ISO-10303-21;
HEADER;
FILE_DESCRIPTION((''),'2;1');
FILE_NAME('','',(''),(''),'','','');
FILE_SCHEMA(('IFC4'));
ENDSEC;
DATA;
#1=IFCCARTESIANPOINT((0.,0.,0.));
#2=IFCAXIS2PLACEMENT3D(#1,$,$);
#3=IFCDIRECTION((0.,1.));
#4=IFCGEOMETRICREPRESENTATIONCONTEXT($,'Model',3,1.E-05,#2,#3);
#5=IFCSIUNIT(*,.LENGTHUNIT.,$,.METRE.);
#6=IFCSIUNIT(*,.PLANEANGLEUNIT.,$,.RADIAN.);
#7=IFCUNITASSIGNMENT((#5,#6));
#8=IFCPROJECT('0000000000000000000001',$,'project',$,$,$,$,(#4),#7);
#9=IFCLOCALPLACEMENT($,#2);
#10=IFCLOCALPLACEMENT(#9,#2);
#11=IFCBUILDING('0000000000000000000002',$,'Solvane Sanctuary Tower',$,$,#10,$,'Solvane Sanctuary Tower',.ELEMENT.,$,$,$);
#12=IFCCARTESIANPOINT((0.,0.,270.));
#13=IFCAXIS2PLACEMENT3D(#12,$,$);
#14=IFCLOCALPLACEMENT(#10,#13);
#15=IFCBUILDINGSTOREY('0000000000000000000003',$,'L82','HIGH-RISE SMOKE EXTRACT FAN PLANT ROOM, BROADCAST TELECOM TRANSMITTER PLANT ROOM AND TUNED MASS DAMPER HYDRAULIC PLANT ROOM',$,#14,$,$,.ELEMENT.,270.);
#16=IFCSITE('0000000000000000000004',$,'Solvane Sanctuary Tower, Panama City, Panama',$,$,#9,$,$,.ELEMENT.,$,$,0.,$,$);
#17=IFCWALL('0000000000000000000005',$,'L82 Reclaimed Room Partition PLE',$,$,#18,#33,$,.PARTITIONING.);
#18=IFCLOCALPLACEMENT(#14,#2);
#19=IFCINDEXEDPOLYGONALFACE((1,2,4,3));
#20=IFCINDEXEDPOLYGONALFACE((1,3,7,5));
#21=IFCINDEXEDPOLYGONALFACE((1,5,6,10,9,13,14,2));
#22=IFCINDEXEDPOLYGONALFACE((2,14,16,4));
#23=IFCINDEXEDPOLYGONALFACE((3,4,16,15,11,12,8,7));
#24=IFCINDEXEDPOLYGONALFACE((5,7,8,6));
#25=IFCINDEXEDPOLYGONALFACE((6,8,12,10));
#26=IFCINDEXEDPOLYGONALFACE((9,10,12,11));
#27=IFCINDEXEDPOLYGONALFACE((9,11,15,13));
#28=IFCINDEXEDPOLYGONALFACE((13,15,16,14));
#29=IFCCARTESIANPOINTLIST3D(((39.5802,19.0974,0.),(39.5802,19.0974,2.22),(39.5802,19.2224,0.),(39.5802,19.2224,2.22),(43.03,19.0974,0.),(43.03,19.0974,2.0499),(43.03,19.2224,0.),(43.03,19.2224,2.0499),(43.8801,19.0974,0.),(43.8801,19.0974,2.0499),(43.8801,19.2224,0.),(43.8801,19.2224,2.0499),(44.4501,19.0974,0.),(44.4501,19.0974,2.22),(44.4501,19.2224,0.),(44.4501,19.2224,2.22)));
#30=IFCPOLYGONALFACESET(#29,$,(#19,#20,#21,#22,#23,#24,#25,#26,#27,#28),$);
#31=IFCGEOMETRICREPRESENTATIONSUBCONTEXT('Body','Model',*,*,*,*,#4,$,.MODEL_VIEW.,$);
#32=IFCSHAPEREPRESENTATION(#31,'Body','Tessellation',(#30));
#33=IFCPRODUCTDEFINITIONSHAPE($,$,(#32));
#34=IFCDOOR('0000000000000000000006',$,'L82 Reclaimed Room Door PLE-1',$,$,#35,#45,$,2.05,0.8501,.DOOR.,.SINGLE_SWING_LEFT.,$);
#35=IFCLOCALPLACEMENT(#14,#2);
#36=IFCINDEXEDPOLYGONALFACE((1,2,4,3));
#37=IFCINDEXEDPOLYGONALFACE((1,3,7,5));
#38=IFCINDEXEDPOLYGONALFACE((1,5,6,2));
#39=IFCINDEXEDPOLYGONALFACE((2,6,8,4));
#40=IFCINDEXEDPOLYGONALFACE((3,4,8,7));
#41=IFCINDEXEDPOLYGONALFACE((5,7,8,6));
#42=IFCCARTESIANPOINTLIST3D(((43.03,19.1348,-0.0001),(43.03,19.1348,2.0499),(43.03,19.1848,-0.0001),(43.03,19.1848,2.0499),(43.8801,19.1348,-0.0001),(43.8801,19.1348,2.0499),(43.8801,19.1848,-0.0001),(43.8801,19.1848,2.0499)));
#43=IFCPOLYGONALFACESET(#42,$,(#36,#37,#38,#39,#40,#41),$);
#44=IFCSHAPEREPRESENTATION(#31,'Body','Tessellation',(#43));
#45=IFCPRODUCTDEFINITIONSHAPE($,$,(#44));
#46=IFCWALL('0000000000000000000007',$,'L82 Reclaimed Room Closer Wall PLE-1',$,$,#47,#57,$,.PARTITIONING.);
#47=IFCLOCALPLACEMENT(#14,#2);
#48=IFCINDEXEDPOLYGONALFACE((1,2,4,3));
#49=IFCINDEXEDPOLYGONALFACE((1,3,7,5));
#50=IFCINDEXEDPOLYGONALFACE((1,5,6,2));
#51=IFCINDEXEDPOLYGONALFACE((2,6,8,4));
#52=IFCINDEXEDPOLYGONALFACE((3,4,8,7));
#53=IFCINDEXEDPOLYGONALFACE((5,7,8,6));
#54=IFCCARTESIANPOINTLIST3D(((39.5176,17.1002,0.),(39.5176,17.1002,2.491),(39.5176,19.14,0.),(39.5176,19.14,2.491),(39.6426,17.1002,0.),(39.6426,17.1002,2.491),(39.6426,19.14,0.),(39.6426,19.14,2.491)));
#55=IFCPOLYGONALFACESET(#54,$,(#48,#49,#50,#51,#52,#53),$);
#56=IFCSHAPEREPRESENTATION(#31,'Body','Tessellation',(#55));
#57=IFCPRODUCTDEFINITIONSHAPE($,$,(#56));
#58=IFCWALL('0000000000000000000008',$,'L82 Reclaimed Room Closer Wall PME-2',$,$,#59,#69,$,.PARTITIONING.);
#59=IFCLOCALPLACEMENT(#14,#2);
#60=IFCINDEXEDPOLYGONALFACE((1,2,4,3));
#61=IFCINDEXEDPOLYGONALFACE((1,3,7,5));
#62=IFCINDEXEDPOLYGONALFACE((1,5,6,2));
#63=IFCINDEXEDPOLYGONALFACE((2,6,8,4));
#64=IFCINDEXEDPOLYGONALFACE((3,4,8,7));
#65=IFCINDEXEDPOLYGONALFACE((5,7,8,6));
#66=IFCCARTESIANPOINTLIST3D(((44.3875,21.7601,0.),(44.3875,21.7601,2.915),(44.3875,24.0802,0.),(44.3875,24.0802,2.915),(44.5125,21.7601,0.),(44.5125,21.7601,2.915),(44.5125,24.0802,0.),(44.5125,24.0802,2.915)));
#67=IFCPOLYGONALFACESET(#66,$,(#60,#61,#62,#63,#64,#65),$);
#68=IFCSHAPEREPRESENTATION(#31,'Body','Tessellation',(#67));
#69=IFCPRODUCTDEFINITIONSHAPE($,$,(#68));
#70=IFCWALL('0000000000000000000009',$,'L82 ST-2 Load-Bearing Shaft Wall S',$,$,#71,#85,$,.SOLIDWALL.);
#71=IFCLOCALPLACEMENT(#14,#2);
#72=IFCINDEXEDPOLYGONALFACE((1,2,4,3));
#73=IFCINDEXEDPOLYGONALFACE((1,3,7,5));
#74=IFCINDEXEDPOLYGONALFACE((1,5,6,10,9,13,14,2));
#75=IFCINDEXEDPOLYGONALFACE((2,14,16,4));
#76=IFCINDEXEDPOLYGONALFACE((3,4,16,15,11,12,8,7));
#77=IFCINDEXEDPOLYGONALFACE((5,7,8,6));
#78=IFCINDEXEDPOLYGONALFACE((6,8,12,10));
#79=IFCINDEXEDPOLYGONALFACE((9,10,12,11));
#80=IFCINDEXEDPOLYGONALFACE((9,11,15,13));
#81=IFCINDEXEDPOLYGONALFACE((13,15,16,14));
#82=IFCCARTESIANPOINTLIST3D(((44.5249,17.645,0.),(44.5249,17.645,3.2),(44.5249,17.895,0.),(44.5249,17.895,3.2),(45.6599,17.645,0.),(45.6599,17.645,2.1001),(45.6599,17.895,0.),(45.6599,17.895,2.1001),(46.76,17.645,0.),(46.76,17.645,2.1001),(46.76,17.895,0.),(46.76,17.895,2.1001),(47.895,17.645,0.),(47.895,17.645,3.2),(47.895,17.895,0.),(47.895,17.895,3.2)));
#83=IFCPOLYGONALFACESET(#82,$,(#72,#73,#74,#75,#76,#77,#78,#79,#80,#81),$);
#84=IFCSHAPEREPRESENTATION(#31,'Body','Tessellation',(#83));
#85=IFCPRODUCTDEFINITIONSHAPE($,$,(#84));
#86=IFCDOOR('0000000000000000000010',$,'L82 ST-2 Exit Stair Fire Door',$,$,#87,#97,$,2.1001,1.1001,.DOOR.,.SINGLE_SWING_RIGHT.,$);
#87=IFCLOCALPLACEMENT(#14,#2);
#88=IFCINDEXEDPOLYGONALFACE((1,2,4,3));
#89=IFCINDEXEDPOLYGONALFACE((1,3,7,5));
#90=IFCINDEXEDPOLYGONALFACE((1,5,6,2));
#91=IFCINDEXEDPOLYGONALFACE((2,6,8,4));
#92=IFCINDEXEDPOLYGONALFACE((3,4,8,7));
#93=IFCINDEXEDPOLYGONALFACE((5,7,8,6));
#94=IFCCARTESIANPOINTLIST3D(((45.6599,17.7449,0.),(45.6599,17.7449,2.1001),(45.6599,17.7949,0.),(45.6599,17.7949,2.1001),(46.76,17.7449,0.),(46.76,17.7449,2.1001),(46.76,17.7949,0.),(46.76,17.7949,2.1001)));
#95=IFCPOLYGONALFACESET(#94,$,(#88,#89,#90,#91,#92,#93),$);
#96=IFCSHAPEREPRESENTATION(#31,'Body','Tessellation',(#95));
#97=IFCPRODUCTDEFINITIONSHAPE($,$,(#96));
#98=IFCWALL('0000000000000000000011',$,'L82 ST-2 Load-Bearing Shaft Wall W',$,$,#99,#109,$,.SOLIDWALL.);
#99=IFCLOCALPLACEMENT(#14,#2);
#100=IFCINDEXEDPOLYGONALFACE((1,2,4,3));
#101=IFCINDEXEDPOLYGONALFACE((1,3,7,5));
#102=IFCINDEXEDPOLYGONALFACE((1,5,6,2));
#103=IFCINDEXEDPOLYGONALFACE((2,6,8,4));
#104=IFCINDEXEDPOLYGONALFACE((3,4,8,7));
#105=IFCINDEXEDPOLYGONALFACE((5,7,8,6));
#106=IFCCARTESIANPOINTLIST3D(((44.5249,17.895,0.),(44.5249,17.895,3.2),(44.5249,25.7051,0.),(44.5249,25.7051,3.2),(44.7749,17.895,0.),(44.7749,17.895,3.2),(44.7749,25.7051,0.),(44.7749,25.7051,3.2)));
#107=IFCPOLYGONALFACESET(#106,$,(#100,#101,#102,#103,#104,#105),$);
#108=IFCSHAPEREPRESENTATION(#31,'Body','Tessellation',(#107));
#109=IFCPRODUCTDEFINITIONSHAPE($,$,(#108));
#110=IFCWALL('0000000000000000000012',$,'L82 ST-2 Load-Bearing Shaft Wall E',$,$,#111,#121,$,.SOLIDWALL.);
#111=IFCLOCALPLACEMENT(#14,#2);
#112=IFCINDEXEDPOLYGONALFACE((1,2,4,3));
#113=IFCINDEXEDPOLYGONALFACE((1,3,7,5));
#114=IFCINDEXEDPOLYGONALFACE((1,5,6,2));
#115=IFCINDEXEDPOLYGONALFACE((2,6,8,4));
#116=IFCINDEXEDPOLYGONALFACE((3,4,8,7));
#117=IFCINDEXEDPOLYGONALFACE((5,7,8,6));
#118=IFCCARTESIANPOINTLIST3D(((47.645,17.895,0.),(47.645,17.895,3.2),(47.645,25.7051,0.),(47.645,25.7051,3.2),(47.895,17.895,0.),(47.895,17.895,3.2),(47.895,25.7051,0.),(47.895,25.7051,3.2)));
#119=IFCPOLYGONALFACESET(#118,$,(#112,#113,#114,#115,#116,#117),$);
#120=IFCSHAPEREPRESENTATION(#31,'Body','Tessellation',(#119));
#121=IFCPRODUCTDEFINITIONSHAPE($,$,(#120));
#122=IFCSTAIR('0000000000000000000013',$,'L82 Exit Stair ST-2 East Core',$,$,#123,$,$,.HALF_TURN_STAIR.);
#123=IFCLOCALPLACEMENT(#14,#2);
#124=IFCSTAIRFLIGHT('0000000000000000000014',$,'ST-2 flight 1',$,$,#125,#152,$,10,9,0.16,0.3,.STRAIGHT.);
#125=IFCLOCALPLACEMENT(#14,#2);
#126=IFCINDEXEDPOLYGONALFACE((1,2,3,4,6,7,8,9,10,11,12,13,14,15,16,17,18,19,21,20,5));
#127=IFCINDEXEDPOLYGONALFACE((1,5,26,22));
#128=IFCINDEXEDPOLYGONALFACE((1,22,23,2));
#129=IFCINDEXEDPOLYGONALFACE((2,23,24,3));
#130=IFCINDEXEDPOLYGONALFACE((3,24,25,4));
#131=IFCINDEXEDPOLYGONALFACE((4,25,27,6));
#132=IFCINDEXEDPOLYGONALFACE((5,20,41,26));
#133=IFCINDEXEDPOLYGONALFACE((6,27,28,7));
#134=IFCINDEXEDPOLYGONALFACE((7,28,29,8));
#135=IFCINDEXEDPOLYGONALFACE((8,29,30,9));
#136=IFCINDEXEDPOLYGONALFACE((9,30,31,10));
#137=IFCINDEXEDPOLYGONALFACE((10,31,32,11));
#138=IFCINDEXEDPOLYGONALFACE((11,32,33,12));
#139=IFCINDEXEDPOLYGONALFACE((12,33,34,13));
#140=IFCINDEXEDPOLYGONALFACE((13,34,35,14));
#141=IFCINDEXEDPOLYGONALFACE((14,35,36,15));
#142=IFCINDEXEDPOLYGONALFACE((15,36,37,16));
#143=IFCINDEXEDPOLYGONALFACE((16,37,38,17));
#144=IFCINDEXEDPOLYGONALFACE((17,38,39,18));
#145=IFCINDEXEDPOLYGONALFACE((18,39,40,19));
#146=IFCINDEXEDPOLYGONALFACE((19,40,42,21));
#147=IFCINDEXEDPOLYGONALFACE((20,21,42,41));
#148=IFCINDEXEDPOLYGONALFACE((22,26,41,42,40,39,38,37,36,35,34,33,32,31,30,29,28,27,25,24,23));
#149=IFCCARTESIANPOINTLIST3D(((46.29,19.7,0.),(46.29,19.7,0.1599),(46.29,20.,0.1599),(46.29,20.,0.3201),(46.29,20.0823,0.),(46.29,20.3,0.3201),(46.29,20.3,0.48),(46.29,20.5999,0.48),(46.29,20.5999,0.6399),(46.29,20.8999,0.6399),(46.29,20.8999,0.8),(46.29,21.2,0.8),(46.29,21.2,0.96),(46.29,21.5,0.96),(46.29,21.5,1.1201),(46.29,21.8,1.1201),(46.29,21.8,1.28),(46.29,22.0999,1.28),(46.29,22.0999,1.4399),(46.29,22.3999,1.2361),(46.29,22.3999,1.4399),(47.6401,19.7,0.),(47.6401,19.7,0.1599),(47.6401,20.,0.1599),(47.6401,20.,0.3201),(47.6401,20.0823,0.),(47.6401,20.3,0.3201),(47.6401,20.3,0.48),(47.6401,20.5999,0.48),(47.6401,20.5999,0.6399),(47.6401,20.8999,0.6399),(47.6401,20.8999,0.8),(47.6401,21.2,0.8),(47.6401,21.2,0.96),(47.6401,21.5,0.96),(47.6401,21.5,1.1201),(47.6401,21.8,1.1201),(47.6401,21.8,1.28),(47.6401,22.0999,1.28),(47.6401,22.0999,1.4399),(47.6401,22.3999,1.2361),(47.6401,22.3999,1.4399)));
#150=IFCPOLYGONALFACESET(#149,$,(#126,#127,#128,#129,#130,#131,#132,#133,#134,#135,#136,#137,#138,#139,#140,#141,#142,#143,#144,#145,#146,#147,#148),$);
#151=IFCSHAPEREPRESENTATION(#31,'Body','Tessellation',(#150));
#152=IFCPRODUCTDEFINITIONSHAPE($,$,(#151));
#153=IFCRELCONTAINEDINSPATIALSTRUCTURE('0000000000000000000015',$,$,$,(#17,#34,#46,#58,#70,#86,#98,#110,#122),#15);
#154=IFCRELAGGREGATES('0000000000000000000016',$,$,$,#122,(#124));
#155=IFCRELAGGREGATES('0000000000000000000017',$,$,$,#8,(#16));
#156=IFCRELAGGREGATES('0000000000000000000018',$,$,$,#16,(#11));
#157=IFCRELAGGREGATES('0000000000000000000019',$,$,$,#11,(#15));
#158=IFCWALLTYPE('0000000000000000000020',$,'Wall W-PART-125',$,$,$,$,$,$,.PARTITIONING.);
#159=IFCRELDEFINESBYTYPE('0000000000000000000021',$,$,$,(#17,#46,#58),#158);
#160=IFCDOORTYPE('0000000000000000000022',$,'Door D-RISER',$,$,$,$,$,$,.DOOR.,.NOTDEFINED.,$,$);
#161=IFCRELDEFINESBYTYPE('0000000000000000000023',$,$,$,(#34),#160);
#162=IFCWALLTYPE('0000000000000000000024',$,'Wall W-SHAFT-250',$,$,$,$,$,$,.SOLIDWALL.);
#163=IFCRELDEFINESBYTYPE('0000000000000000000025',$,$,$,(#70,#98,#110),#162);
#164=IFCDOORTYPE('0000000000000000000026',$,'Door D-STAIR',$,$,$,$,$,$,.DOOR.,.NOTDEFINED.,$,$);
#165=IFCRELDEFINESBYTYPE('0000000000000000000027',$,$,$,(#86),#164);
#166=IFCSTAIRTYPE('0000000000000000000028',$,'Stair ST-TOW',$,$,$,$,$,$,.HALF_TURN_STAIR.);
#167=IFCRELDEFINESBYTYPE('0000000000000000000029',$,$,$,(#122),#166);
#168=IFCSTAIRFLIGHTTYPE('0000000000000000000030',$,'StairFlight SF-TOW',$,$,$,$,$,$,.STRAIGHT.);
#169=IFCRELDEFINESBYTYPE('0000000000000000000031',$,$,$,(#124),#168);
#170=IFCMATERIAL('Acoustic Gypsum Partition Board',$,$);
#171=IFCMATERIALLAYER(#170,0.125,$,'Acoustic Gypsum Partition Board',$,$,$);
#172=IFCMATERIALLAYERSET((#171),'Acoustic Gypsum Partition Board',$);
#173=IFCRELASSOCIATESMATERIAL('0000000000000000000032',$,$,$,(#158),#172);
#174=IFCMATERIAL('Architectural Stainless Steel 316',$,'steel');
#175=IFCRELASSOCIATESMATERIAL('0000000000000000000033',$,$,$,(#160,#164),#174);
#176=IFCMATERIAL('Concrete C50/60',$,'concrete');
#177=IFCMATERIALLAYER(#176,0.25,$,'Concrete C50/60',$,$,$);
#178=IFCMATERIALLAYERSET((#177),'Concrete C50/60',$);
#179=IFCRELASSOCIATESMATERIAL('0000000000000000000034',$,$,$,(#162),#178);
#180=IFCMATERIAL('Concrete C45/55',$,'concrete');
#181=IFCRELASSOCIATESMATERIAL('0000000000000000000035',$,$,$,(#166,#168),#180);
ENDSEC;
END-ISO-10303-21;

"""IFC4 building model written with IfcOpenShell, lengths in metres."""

from ifc_helpers import new_model, si_unit, direction, frame, frame_2d, origin, place, context, subcontext, project, spatial, polyline, rectangle, outline, extrude, material, layer, layer_set, type_object, element, fill, aggregate, save


model = new_model("IFC4")

# Units and contexts
model_context = context("Model", 3, precision=1e-05, world=origin(), true_north=direction((0.0, 1.0)))
body_context = subcontext(model_context, "Body", "Model", "MODEL_VIEW")
ifc_project = project(units=[si_unit("LENGTHUNIT", "METRE"), si_unit("PLANEANGLEUNIT", "RADIAN")], contexts=[model_context])

# Site, building, storey
site_placement = place(None, origin())
site = spatial("IfcSite", under=ifc_project, at=site_placement, Name="Solvane Sanctuary Tower, Panama City, Panama", CompositionType="ELEMENT", RefElevation=0.0)
building_placement = place(site_placement, origin())
building = spatial("IfcBuilding", under=site, at=building_placement, Name="Solvane Sanctuary Tower", LongName="Solvane Sanctuary Tower", CompositionType="ELEMENT")
storey_placement = place(building_placement, frame((0.0, 0.0, 270.0)))
storey = spatial("IfcBuildingStorey", under=building, at=storey_placement, Name="L82", Description="HIGH-RISE SMOKE EXTRACT FAN PLANT ROOM, BROADCAST TELECOM TRANSMITTER PLANT ROOM AND TUNED MASS DAMPER HYDRAULIC PLANT ROOM", CompositionType="ELEMENT", Elevation=270.0)

# Shared definitions
ifc_material_1 = material(Name="Concrete C50/60", Category="concrete")

# Wall, opening, door
ifc_material_2 = material(Name="Acoustic Gypsum Partition Board")
ifc_layer_1 = layer(ifc_material_2, 0.125, Name="Acoustic Gypsum Partition Board")
ifc_layer_set_1 = layer_set([ifc_layer_1], Name="Acoustic Gypsum Partition Board")
wall_type_1 = type_object("IfcWallType", Name="Wall W-PART-125", PredefinedType="PARTITIONING", material=ifc_layer_set_1)
wall_1_placement = place(storey_placement, frame((39.5801, 19.1599, 0.0), z_axis=(0.0, 0.0, 1.0), x_axis=(1.0, 0.0, 0.0)))
wall_1 = element("IfcWall", 1, at=wall_1_placement, inside=storey, type_object=wall_type_1, Name="L82 Reclaimed Room Partition PLE", PredefinedType="PARTITIONING", context=body_context, shape_type="SweptSolid", body=[
    extrude(rectangle(XDim=4.8699, YDim=0.125, at=frame_2d((2.4351, 0.0))), origin(), (0.0, 0.0, 1.0), 2.22),
])
opening_1_placement = place(wall_1_placement, frame((3.45, 0.0, 0.0)))
opening_1 = element("IfcOpeningElement", 2, at=opening_1_placement, cuts=wall_1, PredefinedType="OPENING", context=body_context, shape_type="SweptSolid", body=[
    extrude(rectangle(XDim=0.8501, YDim=2.05, at=frame_2d((0.425, 1.0249))), frame((0.0, 0.0725, 0.0), z_axis=(0.0, -1.0, 0.0), x_axis=(1.0, 0.0, 0.0)), (0.0, 0.0, 1.0), 0.145),
])
ifc_material_3 = material(Name="Architectural Stainless Steel 316", Category="steel")
door_type_1 = type_object("IfcDoorType", Name="Door D-RISER", OperationType="NOTDEFINED", PredefinedType="DOOR", material=ifc_material_3)
door_1_placement = place(opening_1_placement, origin())
door_1 = element("IfcDoor", 3, at=door_1_placement, inside=storey, type_object=door_type_1, Name="L82 Reclaimed Room Door PLE-1", OperationType="SINGLE_SWING_LEFT", OverallHeight=2.05, OverallWidth=0.8501, PredefinedType="DOOR", context=body_context, shape_type="SweptSolid", body=[
    extrude(rectangle(XDim=0.8501, YDim=2.05, at=frame_2d((0.425, 1.0249))), frame((0.0, 0.0249, 0.0), z_axis=(0.0, -1.0, 0.0), x_axis=(1.0, 0.0, 0.0)), (0.0, 0.0, 1.0), 0.05),
])
fill(opening_1, door_1)

# Walls
wall_2_placement = place(storey_placement, frame((39.5801, 17.1001, 0.0), z_axis=(0.0, 0.0, 1.0), x_axis=(0.0, 1.0, 0.0)))
element("IfcWall", 4, at=wall_2_placement, inside=storey, type_object=wall_type_1, Name="L82 Reclaimed Room Closer Wall PLE-1", PredefinedType="PARTITIONING", context=body_context, shape_type="SweptSolid", body=[
    extrude(rectangle(XDim=2.0398, YDim=0.125, at=frame_2d((1.02, 0.0))), origin(), (0.0, 0.0, 1.0), 2.491),
])
wall_3_placement = place(storey_placement, frame((44.45, 21.76, 0.0), z_axis=(0.0, 0.0, 1.0), x_axis=(0.0, 1.0, 0.0)))
element("IfcWall", 5, at=wall_3_placement, inside=storey, type_object=wall_type_1, Name="L82 Reclaimed Room Closer Wall PME-2", PredefinedType="PARTITIONING", context=body_context, shape_type="SweptSolid", body=[
    extrude(rectangle(XDim=2.3201, YDim=0.125, at=frame_2d((1.1602, 0.0))), origin(), (0.0, 0.0, 1.0), 2.915),
])

# Wall, opening, door
ifc_layer_2 = layer(ifc_material_1, 0.25, Name="Concrete C50/60")
ifc_layer_set_2 = layer_set([ifc_layer_2], Name="Concrete C50/60")
wall_type_2 = type_object("IfcWallType", Name="Wall W-SHAFT-250", PredefinedType="SOLIDWALL", material=ifc_layer_set_2)
wall_4_placement = place(storey_placement, frame((44.5249, 17.77, 0.0), z_axis=(0.0, 0.0, 1.0), x_axis=(1.0, 0.0, 0.0)))
wall_4 = element("IfcWall", 6, at=wall_4_placement, inside=storey, type_object=wall_type_2, Name="L82 ST-2 Load-Bearing Shaft Wall S", PredefinedType="SOLIDWALL", context=body_context, shape_type="SweptSolid", body=[
    extrude(rectangle(XDim=3.3701, YDim=0.25, at=frame_2d((1.6851, 0.0))), origin(), (0.0, 0.0, 1.0), 3.2),
])
opening_2_placement = place(wall_4_placement, frame((1.135, 0.0, 0.0)))
opening_2 = element("IfcOpeningElement", 7, at=opening_2_placement, cuts=wall_4, PredefinedType="OPENING", context=body_context, shape_type="SweptSolid", body=[
    extrude(rectangle(XDim=1.1001, YDim=2.1001, at=frame_2d((0.55, 1.05))), frame((0.0, 0.135, 0.0), z_axis=(0.0, -1.0, 0.0), x_axis=(1.0, 0.0, 0.0)), (0.0, 0.0, 1.0), 0.27),
])
door_type_2 = type_object("IfcDoorType", Name="Door D-STAIR", OperationType="NOTDEFINED", PredefinedType="DOOR", material=ifc_material_3)
door_2_placement = place(opening_2_placement, origin())
door_2 = element("IfcDoor", 8, at=door_2_placement, inside=storey, type_object=door_type_2, Name="L82 ST-2 Exit Stair Fire Door", OperationType="SINGLE_SWING_RIGHT", OverallHeight=2.1001, OverallWidth=1.1001, PredefinedType="DOOR", context=body_context, shape_type="SweptSolid", body=[
    extrude(rectangle(XDim=1.1001, YDim=2.1001, at=frame_2d((0.55, 1.05))), frame((0.0, 0.0249, 0.0), z_axis=(0.0, -1.0, 0.0), x_axis=(1.0, 0.0, 0.0)), (0.0, 0.0, 1.0), 0.05),
])
fill(opening_2, door_2)

# Walls
for number, where, z_axis, x_axis, name in (
    (9, (44.6499, 17.895, 0.0), (0.0, 0.0, 1.0), (0.0, 1.0, 0.0), "L82 ST-2 Load-Bearing Shaft Wall W"),
    (10, (47.77, 17.895, 0.0), (0.0, 0.0, 1.0), (0.0, 1.0, 0.0), "L82 ST-2 Load-Bearing Shaft Wall E"),
):
    element("IfcWall", number, at=place(storey_placement, frame(where, z_axis=z_axis, x_axis=x_axis)), inside=storey, type_object=wall_type_2, Name=name, PredefinedType="SOLIDWALL", context=body_context, shape_type="SweptSolid", body=[
        extrude(rectangle(XDim=7.8101, YDim=0.25, at=frame_2d((3.905, 0.0))), origin(), (0.0, 0.0, 1.0), 3.2),
    ])

# Stair, stair flight
ifc_material_4 = material(Name="Concrete C45/55", Category="concrete")
stair_type = type_object("IfcStairType", Name="Stair ST-TOW", PredefinedType="HALF_TURN_STAIR", material=ifc_material_4)
stair_placement = place(storey_placement, origin())
stair = element("IfcStair", 11, at=stair_placement, inside=storey, type_object=stair_type, Name="L82 Exit Stair ST-2 East Core", PredefinedType="HALF_TURN_STAIR")
stair_flight_type = type_object("IfcStairFlightType", Name="StairFlight SF-TOW", PredefinedType="STRAIGHT", material=ifc_material_4)
stair_flight_placement = place(storey_placement, frame((46.9651, 19.7, 0.0), z_axis=(0.0, 0.0, 1.0), x_axis=(0.0, 1.0, 0.0)))
stair_flight = element("IfcStairFlight", 12, at=stair_flight_placement, type_object=stair_flight_type, Name="ST-2 flight 1", NumberOfRisers=10, NumberOfTreads=9, PredefinedType="STRAIGHT", RiserHeight=0.16, TreadLength=0.3, context=body_context, shape_type="SweptSolid", body=[
    extrude(outline(polyline([(0.0, 0.0), (0.0, 0.1599), (0.3, 0.1599), (0.3, 0.3201), (0.6001, 0.3201), (0.6001, 0.48), (0.8999, 0.48), (0.8999, 0.6399), (1.2, 0.6399), (1.2, 0.8), (1.5, 0.8), (1.5, 0.96), (1.8, 0.96), (1.8, 1.1201), (2.1001, 1.1201), (2.1001, 1.28), (2.3999, 1.28), (2.3999, 1.4399), (2.7, 1.4399), (2.7, 1.6001), (2.7, 1.2361), (0.3823, 0.0), (0.0, 0.0)])), frame((0.0, 0.675, 0.0), z_axis=(0.0, -1.0, 0.0), x_axis=(1.0, 0.0, 0.0)), (0.0, 0.0, 1.0), 1.3501),
])
aggregate(stair, [stair_flight])

save(model, "model.ifc")
